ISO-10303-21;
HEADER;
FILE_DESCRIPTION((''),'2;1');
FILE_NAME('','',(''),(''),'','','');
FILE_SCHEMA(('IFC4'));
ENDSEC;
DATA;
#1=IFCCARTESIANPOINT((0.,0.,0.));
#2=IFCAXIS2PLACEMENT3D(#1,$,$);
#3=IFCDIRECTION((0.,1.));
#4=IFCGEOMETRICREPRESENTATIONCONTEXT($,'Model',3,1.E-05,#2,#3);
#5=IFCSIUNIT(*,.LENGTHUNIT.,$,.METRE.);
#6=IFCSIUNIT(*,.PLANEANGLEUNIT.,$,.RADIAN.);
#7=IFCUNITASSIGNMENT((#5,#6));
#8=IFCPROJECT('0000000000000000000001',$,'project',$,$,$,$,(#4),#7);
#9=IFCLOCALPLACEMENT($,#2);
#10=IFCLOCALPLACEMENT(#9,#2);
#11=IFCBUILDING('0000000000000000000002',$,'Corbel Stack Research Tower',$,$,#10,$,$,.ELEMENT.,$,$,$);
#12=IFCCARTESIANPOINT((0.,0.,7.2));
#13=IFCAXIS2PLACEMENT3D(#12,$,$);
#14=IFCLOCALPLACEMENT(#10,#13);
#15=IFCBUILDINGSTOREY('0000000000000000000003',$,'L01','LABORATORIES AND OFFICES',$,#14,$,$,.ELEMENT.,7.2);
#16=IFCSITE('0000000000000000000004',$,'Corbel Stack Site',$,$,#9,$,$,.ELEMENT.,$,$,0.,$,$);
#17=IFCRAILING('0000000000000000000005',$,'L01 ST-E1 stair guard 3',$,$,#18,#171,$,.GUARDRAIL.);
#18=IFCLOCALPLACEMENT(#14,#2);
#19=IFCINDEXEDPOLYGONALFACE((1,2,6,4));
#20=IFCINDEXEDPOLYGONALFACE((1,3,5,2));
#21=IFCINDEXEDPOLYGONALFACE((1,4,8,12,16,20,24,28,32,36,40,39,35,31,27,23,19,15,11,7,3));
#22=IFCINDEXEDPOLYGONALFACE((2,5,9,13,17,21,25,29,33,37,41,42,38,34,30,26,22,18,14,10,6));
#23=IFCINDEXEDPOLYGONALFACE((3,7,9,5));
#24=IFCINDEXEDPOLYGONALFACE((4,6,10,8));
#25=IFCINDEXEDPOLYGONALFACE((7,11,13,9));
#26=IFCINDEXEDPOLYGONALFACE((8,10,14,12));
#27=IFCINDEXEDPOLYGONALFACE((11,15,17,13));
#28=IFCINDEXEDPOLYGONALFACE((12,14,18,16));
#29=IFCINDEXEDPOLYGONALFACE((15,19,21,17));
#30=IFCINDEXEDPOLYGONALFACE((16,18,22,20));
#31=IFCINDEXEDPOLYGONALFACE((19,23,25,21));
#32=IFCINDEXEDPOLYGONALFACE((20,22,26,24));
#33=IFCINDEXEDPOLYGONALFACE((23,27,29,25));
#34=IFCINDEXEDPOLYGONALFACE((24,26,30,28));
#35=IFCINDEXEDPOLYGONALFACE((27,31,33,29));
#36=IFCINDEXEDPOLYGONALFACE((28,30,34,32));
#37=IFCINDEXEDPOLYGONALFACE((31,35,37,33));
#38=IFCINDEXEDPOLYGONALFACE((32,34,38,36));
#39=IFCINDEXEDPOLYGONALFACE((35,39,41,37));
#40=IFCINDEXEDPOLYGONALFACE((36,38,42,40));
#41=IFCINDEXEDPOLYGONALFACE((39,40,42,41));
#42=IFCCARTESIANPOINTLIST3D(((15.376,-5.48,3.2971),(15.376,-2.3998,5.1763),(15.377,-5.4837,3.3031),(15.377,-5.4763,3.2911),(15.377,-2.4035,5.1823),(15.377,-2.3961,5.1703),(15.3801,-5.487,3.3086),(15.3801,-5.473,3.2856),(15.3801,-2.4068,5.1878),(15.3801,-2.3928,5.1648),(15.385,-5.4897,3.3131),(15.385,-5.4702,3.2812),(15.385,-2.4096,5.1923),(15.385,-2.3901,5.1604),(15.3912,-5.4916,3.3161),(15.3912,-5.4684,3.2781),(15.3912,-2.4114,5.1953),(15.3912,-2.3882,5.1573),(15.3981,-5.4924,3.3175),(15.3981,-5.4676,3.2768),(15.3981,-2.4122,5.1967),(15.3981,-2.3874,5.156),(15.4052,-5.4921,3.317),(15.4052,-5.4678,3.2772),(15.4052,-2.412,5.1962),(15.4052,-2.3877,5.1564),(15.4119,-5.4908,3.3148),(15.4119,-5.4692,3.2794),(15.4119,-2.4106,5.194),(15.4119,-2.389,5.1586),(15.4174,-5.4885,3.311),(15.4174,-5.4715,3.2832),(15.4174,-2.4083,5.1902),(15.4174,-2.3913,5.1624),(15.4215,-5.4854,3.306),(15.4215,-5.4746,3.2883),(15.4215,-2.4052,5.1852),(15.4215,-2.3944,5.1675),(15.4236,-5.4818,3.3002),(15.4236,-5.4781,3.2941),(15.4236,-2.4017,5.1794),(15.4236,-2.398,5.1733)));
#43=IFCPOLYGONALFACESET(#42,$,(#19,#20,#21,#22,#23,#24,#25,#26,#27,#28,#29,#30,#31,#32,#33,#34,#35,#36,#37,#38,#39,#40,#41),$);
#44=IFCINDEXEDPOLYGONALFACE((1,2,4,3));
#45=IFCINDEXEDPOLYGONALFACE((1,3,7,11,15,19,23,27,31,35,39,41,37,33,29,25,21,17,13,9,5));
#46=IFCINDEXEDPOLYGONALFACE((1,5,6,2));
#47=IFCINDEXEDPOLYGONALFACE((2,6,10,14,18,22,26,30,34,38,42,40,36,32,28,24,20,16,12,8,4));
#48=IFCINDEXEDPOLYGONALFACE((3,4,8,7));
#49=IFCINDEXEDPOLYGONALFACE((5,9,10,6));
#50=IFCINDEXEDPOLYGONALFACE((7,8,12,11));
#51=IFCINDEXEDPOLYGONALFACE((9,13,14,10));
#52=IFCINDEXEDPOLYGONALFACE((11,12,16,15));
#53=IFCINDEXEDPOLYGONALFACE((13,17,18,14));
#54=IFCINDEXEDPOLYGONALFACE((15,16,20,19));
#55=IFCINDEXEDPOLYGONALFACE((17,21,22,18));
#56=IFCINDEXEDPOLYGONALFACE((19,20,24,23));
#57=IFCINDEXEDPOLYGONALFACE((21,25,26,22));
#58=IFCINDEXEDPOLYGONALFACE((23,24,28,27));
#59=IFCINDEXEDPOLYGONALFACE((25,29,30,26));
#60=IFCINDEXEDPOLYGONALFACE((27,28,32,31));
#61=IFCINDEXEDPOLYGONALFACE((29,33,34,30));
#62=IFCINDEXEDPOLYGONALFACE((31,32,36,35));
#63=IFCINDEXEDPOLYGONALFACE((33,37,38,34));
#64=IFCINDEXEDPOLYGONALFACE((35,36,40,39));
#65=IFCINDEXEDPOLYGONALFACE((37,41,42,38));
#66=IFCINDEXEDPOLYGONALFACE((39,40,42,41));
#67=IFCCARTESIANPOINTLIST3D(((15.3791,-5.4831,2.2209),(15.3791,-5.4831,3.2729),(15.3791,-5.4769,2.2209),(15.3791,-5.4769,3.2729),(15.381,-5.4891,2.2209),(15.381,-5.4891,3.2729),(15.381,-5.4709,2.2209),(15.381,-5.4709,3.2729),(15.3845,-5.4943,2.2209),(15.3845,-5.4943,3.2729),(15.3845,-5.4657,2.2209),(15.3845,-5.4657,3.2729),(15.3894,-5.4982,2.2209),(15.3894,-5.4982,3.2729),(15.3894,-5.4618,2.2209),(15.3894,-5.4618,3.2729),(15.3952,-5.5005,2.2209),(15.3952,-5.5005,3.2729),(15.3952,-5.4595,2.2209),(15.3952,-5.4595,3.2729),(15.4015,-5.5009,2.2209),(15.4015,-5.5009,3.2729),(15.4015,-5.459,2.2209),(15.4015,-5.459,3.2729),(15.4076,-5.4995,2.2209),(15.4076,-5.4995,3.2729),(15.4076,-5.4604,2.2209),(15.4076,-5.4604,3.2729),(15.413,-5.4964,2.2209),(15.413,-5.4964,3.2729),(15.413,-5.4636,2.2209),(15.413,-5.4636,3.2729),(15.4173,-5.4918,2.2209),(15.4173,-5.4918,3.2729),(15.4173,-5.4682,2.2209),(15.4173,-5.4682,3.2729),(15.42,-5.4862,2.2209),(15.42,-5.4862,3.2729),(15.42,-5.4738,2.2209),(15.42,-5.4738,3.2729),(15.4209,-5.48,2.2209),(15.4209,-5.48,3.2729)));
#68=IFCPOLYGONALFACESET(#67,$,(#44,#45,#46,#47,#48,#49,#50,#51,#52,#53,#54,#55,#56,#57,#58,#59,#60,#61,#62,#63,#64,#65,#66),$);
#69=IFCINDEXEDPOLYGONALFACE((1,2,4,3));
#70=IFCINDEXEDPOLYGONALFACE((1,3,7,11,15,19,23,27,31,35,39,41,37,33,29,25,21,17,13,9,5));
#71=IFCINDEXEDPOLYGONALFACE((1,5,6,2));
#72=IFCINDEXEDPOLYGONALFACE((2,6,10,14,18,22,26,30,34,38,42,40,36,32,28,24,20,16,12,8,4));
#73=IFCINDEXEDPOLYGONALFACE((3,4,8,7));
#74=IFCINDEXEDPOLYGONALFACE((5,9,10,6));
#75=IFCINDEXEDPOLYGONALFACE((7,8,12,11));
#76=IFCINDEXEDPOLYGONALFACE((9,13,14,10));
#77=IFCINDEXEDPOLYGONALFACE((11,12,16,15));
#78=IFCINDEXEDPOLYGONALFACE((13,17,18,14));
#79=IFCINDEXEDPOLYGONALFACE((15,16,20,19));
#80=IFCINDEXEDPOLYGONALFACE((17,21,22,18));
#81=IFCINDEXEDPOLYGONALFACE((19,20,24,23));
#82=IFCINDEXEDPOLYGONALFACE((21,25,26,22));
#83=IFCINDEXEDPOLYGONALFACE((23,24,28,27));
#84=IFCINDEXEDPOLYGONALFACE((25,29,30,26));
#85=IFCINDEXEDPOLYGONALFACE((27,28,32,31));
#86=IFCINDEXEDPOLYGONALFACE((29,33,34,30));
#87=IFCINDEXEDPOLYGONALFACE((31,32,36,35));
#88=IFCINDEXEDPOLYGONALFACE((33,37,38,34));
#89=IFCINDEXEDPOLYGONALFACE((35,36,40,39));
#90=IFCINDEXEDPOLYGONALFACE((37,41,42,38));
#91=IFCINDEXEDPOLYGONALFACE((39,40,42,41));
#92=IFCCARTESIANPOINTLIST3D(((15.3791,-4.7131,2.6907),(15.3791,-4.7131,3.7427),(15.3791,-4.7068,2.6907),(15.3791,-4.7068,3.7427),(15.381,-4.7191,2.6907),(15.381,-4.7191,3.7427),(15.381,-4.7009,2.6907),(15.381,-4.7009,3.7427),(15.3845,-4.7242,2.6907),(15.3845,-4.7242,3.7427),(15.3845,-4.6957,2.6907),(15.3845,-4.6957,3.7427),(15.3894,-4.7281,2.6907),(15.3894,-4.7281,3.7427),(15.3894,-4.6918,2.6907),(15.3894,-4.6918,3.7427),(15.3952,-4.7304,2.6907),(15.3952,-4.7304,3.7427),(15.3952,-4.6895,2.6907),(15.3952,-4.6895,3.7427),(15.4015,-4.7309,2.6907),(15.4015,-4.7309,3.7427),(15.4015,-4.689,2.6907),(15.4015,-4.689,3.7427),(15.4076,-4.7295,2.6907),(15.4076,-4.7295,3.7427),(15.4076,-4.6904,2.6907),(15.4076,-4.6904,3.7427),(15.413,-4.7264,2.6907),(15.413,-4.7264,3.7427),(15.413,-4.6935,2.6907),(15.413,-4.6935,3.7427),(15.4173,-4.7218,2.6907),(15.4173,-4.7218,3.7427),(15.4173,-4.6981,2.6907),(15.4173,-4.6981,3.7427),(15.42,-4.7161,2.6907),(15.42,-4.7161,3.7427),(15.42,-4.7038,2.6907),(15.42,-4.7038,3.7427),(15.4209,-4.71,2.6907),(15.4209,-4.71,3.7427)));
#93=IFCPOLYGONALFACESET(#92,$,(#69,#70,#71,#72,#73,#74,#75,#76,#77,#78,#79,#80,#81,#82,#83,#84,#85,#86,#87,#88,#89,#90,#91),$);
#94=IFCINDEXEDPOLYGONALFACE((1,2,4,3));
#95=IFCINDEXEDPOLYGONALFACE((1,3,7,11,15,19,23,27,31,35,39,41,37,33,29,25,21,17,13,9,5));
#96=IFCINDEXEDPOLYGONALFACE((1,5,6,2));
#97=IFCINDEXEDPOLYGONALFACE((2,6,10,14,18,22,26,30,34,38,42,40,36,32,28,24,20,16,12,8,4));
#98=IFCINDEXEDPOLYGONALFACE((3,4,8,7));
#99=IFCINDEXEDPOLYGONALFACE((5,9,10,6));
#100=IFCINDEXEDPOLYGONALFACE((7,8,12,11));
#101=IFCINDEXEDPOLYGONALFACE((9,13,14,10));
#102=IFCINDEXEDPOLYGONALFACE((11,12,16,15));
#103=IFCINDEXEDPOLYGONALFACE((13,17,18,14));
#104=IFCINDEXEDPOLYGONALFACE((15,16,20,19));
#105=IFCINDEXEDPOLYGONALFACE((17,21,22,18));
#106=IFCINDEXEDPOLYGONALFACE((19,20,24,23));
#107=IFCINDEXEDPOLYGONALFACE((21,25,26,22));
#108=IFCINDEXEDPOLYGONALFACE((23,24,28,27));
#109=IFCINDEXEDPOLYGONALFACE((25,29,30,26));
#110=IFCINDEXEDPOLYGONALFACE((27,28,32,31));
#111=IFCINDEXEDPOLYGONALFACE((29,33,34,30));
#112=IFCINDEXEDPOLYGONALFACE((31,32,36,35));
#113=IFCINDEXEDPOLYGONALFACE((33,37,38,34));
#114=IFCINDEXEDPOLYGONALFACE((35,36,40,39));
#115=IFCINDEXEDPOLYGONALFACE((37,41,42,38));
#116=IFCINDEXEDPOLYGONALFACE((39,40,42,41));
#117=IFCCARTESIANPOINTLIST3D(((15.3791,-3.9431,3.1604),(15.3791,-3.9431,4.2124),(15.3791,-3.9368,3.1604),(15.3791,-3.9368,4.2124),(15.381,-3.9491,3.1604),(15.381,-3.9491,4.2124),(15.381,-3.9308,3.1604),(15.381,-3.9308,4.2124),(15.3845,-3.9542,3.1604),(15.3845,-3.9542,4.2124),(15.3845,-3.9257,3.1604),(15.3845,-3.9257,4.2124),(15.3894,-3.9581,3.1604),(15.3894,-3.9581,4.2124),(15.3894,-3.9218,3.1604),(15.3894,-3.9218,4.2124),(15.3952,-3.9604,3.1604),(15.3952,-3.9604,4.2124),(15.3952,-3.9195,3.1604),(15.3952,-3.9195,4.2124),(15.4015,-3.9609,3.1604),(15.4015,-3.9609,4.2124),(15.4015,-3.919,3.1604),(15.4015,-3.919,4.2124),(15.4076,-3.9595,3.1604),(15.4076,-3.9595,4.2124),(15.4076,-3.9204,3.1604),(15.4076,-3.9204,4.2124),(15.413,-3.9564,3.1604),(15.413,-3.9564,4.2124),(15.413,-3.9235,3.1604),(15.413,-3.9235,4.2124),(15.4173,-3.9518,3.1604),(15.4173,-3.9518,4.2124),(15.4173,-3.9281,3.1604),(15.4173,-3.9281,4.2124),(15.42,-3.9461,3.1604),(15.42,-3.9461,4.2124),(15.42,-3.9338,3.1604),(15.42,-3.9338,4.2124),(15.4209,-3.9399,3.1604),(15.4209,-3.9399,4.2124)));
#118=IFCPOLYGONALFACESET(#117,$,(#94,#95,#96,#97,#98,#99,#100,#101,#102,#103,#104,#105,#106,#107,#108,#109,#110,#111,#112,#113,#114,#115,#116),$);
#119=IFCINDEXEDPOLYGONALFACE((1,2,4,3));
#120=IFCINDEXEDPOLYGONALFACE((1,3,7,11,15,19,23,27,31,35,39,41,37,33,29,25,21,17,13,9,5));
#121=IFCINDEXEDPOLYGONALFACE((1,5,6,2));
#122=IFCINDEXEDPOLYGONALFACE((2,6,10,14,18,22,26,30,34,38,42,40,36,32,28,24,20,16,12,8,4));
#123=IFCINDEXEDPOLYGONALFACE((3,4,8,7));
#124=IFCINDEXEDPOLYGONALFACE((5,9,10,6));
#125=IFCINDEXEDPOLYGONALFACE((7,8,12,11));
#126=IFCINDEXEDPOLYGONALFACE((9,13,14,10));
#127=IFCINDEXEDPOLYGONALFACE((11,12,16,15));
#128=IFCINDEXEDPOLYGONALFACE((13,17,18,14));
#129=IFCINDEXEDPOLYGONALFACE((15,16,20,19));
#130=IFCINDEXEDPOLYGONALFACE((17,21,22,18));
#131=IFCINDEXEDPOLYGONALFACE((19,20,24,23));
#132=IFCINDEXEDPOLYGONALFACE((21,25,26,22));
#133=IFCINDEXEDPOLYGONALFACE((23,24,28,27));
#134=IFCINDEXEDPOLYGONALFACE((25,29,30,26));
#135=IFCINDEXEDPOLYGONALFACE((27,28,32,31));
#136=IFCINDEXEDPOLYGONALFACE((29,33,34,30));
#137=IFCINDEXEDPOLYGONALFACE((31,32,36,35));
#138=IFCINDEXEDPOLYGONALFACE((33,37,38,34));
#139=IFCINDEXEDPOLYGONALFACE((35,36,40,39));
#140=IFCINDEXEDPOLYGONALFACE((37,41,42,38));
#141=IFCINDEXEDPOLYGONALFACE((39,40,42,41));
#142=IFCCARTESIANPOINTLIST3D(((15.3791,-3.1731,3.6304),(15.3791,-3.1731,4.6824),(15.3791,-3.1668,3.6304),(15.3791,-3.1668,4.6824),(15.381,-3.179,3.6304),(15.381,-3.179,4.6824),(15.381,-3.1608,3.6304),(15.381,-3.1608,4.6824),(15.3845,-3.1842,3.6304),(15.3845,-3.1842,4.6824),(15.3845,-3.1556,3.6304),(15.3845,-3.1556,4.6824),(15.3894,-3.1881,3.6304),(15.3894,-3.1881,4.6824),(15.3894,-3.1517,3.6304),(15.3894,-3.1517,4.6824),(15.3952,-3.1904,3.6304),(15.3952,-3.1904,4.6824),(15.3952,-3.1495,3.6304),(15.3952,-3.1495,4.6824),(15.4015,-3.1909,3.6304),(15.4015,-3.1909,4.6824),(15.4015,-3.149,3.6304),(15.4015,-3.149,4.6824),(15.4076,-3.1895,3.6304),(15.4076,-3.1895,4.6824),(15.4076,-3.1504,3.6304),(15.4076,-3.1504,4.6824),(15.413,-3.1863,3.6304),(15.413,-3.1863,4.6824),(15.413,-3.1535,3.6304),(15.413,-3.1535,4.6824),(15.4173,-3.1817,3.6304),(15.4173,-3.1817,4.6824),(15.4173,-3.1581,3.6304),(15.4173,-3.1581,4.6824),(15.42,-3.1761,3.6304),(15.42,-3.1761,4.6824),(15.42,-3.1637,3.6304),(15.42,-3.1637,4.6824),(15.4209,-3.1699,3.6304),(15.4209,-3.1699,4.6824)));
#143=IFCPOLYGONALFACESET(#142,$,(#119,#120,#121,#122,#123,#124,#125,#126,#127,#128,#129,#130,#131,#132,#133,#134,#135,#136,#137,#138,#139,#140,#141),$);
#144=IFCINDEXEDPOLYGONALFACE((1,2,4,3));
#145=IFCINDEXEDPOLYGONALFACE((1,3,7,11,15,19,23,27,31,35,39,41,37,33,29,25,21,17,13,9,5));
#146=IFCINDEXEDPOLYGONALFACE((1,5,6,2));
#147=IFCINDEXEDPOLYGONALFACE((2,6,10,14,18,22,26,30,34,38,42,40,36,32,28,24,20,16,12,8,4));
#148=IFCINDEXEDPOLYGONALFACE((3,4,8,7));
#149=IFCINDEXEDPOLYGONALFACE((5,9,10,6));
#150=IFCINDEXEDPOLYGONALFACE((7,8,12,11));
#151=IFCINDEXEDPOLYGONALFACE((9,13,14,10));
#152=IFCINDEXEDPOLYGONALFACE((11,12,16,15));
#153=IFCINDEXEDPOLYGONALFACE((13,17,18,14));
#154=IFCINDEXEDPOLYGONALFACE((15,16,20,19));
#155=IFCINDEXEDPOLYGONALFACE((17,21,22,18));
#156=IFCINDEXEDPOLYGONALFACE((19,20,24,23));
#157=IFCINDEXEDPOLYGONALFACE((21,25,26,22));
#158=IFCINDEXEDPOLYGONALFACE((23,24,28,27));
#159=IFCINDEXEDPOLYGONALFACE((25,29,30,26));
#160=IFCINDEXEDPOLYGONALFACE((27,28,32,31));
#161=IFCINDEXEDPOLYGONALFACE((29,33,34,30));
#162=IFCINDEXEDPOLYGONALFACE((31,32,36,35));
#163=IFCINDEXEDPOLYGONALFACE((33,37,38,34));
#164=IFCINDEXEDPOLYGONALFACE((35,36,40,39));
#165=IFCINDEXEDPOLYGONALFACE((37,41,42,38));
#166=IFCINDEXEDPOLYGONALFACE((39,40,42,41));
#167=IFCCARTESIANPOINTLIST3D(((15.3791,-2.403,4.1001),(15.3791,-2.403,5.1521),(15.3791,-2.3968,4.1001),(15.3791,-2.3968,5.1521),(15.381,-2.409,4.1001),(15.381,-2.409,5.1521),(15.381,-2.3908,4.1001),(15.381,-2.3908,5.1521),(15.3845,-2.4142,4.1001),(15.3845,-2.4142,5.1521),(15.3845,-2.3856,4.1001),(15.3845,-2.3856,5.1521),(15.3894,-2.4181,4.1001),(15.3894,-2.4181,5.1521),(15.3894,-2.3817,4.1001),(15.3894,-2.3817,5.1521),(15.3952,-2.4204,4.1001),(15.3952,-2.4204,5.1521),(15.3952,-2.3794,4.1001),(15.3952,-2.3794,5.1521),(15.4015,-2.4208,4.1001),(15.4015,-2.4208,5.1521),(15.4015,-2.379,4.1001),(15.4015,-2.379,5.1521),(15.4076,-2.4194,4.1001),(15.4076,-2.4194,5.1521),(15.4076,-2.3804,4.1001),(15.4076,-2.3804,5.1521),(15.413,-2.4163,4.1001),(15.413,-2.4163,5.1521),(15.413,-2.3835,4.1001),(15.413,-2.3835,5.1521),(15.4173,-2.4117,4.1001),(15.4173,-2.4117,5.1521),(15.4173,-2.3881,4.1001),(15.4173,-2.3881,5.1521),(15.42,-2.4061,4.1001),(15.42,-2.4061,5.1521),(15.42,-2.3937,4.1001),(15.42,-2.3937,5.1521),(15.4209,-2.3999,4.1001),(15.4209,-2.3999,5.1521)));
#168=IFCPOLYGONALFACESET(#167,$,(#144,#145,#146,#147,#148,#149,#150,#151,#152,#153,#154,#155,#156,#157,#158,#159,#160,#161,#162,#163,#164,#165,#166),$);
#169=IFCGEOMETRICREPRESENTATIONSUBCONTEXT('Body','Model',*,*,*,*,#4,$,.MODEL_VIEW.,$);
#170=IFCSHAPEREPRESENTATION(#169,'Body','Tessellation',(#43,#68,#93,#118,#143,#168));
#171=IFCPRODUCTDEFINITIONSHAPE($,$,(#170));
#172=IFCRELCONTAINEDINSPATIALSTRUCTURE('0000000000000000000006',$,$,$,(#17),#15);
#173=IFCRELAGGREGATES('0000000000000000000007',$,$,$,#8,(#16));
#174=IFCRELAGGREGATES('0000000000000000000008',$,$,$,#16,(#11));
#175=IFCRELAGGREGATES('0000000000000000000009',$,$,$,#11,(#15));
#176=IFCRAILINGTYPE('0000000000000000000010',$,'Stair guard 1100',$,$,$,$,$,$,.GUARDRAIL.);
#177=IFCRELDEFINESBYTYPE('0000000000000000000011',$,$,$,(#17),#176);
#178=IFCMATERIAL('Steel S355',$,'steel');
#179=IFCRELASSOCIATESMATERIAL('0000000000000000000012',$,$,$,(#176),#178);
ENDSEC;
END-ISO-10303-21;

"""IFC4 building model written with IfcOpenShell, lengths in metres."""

from ifc_helpers import new_model, si_unit, direction, frame, origin, origin_2d, place, context, subcontext, project, spatial, circle, extrude, material, type_object, element, save


model = new_model("IFC4")

# Units and contexts
model_context = context("Model", 3, precision=1e-05, world=origin(), true_north=direction((0.0, 1.0)))
body_context = subcontext(model_context, "Body", "Model", "MODEL_VIEW")
ifc_project = project(units=[si_unit("LENGTHUNIT", "METRE"), si_unit("PLANEANGLEUNIT", "RADIAN")], contexts=[model_context])

# Site, building, storey
site_placement = place(None, origin())
site = spatial("IfcSite", under=ifc_project, at=site_placement, Name="Corbel Stack Site", CompositionType="ELEMENT", RefElevation=0.0)
building_placement = place(site_placement, origin())
building = spatial("IfcBuilding", under=site, at=building_placement, Name="Corbel Stack Research Tower", CompositionType="ELEMENT")
storey_placement = place(building_placement, frame((0.0, 0.0, 7.2)))
storey = spatial("IfcBuildingStorey", under=building, at=storey_placement, Name="L01", Description="LABORATORIES AND OFFICES", CompositionType="ELEMENT", Elevation=7.2)

# Railing
ifc_material_1 = material(Name="Steel S355", Category="steel")
railing_type_1 = type_object("IfcRailingType", Name="Stair guard 1100", PredefinedType="GUARDRAIL", material=ifc_material_1)
railing_1_placement = place(storey_placement, frame((15.3999, -5.48, 2.2209)))
element("IfcRailing", 1, at=railing_1_placement, inside=storey, type_object=railing_type_1, Name="L01 ST-E1 stair guard 3", PredefinedType="GUARDRAIL", context=body_context, shape_type="SweptSolid", body=[
    extrude(circle(Radius=0.0239, at=origin_2d()), frame((0.0, 0.0, 1.0762), z_axis=(0.0, 0.853666, 0.52082), x_axis=(-1.0, 0.0, 0.0)), (0.0, 0.0, 1.0), 3.6082),
    extrude(circle(Radius=0.021, at=origin_2d()), origin(), (0.0, 0.0, 1.0), 1.052),
    extrude(circle(Radius=0.021, at=origin_2d()), frame((0.0, 0.77, 0.4697)), (0.0, 0.0, 1.0), 1.052),
    extrude(circle(Radius=0.021, at=origin_2d()), frame((0.0, 1.54, 0.9395)), (0.0, 0.0, 1.0), 1.052),
    extrude(circle(Radius=0.021, at=origin_2d()), frame((0.0, 2.3101, 1.4094)), (0.0, 0.0, 1.0), 1.052),
    extrude(circle(Radius=0.021, at=origin_2d()), frame((0.0, 3.0801, 1.8792)), (0.0, 0.0, 1.0), 1.052),
])

save(model, "model.ifc")
